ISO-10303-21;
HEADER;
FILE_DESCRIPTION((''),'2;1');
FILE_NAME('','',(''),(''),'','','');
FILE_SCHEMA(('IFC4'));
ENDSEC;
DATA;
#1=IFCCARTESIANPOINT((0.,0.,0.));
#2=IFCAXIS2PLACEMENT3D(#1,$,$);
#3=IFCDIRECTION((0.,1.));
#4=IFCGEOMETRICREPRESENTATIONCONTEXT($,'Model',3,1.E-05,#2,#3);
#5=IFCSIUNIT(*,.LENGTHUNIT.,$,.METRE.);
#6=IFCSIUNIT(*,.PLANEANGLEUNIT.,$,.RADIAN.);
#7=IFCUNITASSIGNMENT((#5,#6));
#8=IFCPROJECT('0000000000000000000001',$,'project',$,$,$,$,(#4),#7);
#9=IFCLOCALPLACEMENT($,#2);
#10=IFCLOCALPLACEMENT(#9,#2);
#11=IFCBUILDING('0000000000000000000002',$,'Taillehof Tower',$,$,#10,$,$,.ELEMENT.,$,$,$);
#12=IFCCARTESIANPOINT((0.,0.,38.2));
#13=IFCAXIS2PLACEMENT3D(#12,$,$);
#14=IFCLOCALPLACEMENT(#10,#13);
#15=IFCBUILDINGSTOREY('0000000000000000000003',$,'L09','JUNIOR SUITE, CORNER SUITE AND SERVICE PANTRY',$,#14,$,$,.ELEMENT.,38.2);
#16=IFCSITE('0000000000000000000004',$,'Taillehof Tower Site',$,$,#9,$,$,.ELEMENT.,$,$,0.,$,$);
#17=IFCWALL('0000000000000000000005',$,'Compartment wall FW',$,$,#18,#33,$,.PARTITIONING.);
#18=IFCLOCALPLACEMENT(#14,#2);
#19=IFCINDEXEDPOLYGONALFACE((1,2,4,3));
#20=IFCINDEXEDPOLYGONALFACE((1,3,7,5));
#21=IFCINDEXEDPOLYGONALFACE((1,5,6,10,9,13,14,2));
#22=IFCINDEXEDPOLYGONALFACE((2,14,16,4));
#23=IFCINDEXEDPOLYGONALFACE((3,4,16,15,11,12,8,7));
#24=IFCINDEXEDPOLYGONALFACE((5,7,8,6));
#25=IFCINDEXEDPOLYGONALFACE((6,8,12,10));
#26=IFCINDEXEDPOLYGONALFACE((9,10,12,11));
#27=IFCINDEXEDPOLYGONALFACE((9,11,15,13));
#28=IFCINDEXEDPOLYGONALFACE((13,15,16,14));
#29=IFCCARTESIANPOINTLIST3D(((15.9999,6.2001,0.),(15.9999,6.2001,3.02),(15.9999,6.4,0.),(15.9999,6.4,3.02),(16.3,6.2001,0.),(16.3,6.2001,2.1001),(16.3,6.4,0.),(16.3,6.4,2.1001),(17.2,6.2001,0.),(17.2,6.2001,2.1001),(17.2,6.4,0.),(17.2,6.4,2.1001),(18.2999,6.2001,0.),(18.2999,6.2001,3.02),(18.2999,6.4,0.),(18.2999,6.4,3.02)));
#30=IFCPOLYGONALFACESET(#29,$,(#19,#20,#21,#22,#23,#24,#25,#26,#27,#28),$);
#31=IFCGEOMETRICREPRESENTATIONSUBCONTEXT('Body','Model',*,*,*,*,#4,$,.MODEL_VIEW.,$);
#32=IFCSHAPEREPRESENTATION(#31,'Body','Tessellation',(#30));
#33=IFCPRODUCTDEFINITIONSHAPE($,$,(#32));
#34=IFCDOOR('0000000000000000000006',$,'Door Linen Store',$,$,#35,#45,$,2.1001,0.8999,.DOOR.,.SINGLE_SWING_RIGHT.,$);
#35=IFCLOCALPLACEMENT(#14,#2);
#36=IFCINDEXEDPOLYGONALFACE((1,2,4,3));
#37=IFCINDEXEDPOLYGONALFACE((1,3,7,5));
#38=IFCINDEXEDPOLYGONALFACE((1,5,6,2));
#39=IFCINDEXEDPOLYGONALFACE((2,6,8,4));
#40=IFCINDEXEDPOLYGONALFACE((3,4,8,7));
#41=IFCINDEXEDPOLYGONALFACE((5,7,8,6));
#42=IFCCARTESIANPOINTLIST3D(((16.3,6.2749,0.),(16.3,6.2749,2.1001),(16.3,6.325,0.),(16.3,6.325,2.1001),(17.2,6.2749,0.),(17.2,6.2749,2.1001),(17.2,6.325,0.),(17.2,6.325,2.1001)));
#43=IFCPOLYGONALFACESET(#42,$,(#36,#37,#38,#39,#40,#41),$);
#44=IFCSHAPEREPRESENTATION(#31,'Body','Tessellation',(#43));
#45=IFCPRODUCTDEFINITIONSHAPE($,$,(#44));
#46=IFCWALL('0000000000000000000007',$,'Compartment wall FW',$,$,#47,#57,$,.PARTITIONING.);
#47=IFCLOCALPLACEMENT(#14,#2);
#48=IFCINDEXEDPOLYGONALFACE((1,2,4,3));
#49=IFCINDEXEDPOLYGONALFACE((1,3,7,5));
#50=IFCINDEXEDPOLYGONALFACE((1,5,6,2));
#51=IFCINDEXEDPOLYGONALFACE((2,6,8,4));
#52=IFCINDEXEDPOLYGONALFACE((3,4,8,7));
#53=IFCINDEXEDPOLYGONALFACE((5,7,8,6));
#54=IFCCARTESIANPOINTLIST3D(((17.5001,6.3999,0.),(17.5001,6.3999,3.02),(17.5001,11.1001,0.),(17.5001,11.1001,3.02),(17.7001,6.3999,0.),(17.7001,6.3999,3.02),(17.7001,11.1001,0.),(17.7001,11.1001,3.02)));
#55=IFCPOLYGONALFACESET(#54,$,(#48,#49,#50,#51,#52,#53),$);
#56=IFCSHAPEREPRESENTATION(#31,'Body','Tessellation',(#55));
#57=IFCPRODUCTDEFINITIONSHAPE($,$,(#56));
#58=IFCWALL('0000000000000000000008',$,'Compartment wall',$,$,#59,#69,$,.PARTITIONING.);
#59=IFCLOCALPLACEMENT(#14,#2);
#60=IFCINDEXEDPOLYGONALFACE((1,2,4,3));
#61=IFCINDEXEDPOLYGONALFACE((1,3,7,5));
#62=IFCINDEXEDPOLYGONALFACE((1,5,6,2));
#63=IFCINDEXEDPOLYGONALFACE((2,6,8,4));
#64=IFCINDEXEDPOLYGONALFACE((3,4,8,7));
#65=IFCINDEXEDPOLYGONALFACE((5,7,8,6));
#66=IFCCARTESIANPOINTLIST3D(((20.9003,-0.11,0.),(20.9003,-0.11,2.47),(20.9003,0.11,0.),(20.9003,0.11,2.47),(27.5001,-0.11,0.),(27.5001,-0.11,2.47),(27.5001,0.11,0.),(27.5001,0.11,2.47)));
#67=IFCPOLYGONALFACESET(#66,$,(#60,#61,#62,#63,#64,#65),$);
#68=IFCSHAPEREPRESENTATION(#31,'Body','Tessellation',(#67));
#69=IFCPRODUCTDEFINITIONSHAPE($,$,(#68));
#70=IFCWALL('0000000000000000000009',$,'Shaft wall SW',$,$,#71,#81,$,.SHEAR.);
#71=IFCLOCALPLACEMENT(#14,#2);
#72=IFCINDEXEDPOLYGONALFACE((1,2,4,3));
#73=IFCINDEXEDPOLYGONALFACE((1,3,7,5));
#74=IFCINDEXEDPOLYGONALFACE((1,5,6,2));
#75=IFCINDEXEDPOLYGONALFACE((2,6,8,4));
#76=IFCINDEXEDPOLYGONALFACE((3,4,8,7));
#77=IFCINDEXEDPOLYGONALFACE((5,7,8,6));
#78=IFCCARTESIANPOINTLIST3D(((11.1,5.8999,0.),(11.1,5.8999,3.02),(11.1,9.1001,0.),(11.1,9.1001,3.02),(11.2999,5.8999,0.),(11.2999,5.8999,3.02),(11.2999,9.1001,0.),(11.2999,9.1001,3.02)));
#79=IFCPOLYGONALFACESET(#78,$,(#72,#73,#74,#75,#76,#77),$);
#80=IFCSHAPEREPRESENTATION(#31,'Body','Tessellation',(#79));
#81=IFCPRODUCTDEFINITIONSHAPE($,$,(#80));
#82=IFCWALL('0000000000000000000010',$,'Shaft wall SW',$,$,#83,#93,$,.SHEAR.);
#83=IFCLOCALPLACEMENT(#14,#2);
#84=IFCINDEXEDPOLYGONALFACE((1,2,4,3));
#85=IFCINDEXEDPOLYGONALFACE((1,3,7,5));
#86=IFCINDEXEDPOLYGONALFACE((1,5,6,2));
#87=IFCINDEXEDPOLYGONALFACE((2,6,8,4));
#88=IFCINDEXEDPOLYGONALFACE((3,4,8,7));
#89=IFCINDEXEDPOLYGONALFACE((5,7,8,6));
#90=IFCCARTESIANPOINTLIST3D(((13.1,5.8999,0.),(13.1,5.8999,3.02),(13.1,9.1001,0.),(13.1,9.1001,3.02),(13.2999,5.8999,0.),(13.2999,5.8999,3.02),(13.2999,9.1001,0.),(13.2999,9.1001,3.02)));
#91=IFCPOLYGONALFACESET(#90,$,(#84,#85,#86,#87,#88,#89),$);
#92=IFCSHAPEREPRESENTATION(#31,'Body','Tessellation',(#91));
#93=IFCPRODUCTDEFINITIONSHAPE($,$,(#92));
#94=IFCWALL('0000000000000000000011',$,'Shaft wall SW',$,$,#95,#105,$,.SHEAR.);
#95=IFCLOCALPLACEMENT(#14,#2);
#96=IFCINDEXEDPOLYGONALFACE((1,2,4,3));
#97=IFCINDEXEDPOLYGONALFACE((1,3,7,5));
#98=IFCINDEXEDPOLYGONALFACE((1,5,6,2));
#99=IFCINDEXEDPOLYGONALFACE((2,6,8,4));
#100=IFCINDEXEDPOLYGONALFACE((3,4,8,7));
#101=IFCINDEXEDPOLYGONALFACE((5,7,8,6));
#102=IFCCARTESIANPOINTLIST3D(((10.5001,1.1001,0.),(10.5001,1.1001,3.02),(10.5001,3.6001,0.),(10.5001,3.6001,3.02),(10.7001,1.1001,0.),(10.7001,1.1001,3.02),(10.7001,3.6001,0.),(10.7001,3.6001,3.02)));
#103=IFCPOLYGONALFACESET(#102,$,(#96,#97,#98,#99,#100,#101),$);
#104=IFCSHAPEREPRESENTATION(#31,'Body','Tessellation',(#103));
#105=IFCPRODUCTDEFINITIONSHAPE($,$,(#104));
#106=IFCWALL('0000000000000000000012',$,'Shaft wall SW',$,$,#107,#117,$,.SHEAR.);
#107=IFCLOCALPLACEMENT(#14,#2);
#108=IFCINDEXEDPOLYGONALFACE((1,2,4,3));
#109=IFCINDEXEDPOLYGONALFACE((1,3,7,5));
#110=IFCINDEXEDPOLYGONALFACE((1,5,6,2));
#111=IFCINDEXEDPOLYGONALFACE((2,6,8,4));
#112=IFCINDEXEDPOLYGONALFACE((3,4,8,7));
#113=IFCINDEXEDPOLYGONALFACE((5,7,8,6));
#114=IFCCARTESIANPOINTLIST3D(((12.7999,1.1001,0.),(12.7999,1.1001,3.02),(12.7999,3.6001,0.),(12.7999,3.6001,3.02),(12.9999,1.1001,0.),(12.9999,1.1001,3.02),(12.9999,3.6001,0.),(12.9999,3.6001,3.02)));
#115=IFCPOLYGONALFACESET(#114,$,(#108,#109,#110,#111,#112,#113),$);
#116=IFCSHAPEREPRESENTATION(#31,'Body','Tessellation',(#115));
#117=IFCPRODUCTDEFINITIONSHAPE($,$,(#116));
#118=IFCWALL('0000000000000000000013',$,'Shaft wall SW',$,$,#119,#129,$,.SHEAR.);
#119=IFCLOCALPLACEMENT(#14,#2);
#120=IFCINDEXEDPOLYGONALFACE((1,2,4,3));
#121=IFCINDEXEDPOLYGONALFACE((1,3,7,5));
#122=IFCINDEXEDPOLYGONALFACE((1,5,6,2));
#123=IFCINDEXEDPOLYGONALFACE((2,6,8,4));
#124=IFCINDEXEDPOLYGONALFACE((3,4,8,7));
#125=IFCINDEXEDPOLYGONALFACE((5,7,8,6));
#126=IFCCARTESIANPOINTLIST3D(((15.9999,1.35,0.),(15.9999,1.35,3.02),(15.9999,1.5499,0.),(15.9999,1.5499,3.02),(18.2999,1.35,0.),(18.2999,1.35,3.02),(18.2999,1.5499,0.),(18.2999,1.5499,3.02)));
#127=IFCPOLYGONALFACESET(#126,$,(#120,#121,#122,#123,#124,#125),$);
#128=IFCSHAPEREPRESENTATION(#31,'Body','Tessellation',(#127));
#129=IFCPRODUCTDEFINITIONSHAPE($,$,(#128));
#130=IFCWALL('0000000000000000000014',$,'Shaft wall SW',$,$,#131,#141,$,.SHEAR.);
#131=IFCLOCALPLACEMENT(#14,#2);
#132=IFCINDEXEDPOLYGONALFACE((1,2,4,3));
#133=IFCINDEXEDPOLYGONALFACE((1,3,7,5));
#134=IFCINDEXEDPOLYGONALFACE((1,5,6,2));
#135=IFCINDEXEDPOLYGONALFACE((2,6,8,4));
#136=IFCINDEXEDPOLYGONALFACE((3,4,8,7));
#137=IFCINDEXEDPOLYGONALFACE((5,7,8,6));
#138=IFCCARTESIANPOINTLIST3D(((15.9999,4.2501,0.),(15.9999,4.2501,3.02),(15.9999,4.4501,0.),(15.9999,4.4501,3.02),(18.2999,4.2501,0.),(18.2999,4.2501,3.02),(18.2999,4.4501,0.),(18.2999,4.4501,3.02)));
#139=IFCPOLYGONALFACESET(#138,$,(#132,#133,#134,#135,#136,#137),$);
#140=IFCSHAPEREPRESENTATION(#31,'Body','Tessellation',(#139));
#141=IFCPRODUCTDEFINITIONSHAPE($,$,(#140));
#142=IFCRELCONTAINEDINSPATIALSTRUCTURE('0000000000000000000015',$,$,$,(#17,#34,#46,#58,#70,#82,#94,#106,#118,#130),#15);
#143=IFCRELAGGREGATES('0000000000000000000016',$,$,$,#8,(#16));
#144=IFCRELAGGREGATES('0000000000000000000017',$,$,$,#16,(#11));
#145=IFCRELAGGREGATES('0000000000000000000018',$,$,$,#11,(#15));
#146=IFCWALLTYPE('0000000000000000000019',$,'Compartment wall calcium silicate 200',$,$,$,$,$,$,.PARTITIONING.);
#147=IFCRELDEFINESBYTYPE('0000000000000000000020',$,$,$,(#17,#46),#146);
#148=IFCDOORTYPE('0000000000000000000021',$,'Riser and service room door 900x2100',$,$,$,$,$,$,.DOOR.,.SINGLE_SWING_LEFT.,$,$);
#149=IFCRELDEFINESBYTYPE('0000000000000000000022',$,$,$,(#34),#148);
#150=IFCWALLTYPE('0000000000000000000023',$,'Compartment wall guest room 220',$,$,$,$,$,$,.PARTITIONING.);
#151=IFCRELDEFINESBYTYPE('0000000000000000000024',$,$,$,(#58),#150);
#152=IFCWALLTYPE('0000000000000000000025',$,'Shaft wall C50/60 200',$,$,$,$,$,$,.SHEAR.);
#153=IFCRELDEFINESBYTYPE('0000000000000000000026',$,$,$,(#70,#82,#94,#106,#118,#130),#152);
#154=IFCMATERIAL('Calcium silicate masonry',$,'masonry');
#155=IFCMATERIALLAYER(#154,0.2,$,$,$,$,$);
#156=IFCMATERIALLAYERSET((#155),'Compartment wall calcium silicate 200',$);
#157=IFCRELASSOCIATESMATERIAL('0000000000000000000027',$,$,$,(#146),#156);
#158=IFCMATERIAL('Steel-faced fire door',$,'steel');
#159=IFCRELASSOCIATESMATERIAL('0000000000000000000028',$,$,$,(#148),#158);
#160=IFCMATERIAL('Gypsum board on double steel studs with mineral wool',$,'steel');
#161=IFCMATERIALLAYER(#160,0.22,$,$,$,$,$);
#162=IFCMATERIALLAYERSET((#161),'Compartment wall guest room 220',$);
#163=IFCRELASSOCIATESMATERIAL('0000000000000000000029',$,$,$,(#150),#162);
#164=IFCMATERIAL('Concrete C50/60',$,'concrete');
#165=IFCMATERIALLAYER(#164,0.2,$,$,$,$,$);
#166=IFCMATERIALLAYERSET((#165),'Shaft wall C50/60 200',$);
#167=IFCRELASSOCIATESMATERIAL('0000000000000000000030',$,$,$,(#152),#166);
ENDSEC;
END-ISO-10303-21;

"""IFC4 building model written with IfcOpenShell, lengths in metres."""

from ifc_helpers import new_model, si_unit, direction, frame, frame_2d, origin, place, context, subcontext, project, spatial, rectangle, extrude, material, layer, layer_set, type_object, element, fill, save


model = new_model("IFC4")

# Units and contexts
model_context = context("Model", 3, precision=1e-05, world=origin(), true_north=direction((0.0, 1.0)))
body_context = subcontext(model_context, "Body", "Model", "MODEL_VIEW")
ifc_project = project(units=[si_unit("LENGTHUNIT", "METRE"), si_unit("PLANEANGLEUNIT", "RADIAN")], contexts=[model_context])

# Site, building, storey
site_placement = place(None, origin())
site = spatial("IfcSite", under=ifc_project, at=site_placement, Name="Taillehof Tower Site", CompositionType="ELEMENT", RefElevation=0.0)
building_placement = place(site_placement, origin())
building = spatial("IfcBuilding", under=site, at=building_placement, Name="Taillehof Tower", CompositionType="ELEMENT")
storey_placement = place(building_placement, frame((0.0, 0.0, 38.2)))
storey = spatial("IfcBuildingStorey", under=building, at=storey_placement, Name="L09", Description="JUNIOR SUITE, CORNER SUITE AND SERVICE PANTRY", CompositionType="ELEMENT", Elevation=38.2)

# Wall, opening, door
ifc_material_1 = material(Name="Calcium silicate masonry", Category="masonry")
ifc_layer_1 = layer(ifc_material_1, 0.2)
ifc_layer_set_1 = layer_set([ifc_layer_1], Name="Compartment wall calcium silicate 200")
wall_type_1 = type_object("IfcWallType", Name="Compartment wall calcium silicate 200", PredefinedType="PARTITIONING", material=ifc_layer_set_1)
wall_1_placement = place(storey_placement, frame((16.0, 6.3, 0.0), z_axis=(0.0, 0.0, 1.0), x_axis=(1.0, 0.0, 0.0)))
wall_1 = element("IfcWall", 1, at=wall_1_placement, inside=storey, type_object=wall_type_1, Name="Compartment wall FW", PredefinedType="PARTITIONING", context=body_context, shape_type="SweptSolid", body=[
    extrude(rectangle(XDim=2.3, YDim=0.2, at=frame_2d((1.1499, 0.0))), origin(), (0.0, 0.0, 1.0), 3.02),
])
opening_1_placement = place(wall_1_placement, frame((0.3, 0.0, 0.0)))
opening_1 = element("IfcOpeningElement", 2, at=opening_1_placement, cuts=wall_1, PredefinedType="OPENING", context=body_context, shape_type="SweptSolid", body=[
    extrude(rectangle(XDim=0.8999, YDim=2.1001, at=frame_2d((0.45, 1.05))), frame((0.0, 0.1099, 0.0), z_axis=(0.0, -1.0, 0.0), x_axis=(1.0, 0.0, 0.0)), (0.0, 0.0, 1.0), 0.22),
])
ifc_material_2 = material(Name="Steel-faced fire door", Category="steel")
door_type = type_object("IfcDoorType", Name="Riser and service room door 900x2100", OperationType="SINGLE_SWING_LEFT", PredefinedType="DOOR", material=ifc_material_2)
door_placement = place(opening_1_placement, origin())
door = element("IfcDoor", 3, at=door_placement, inside=storey, type_object=door_type, Name="Door Linen Store", OperationType="SINGLE_SWING_RIGHT", OverallHeight=2.1001, OverallWidth=0.8999, PredefinedType="DOOR", context=body_context, shape_type="SweptSolid", body=[
    extrude(rectangle(XDim=0.8999, YDim=2.1001, at=frame_2d((0.45, 1.05))), frame((0.0, 0.0249, 0.0), z_axis=(0.0, -1.0, 0.0), x_axis=(1.0, 0.0, 0.0)), (0.0, 0.0, 1.0), 0.05),
])
fill(opening_1, door)

# Walls
wall_2_placement = place(storey_placement, frame((17.6001, 6.3999, 0.0), z_axis=(0.0, 0.0, 1.0), x_axis=(0.0, 1.0, 0.0)))
element("IfcWall", 4, at=wall_2_placement, inside=storey, type_object=wall_type_1, Name="Compartment wall FW", PredefinedType="PARTITIONING", context=body_context, shape_type="SweptSolid", body=[
    extrude(rectangle(XDim=4.7002, YDim=0.2, at=frame_2d((2.3501, 0.0))), origin(), (0.0, 0.0, 1.0), 3.02),
])
ifc_material_3 = material(Name="Gypsum board on double steel studs with mineral wool", Category="steel")
ifc_layer_2 = layer(ifc_material_3, 0.22)
ifc_layer_set_2 = layer_set([ifc_layer_2], Name="Compartment wall guest room 220")
wall_type_2 = type_object("IfcWallType", Name="Compartment wall guest room 220", PredefinedType="PARTITIONING", material=ifc_layer_set_2)
wall_3_placement = place(storey_placement, frame((27.5, 0.0, 0.0), z_axis=(0.0, 0.0, 1.0), x_axis=(-1.0, 0.0, 0.0)))
element("IfcWall", 5, at=wall_3_placement, inside=storey, type_object=wall_type_2, Name="Compartment wall", PredefinedType="PARTITIONING", context=body_context, shape_type="SweptSolid", body=[
    extrude(rectangle(XDim=6.5999, YDim=0.22, at=frame_2d((3.2998, 0.0))), origin(), (0.0, 0.0, 1.0), 2.47),
])
ifc_material_4 = material(Name="Concrete C50/60", Category="concrete")
ifc_layer_3 = layer(ifc_material_4, 0.2)
ifc_layer_set_3 = layer_set([ifc_layer_3], Name="Shaft wall C50/60 200")
wall_type_3 = type_object("IfcWallType", Name="Shaft wall C50/60 200", PredefinedType="SHEAR", material=ifc_layer_set_3)
for number, where, z_axis, x_axis, name in (
    (6, (11.2, 5.8999, 0.0), (0.0, 0.0, 1.0), (0.0, 1.0, 0.0), "Shaft wall SW"),
    (7, (13.2, 5.8999, 0.0), (0.0, 0.0, 1.0), (0.0, 1.0, 0.0), "Shaft wall SW"),
):
    element("IfcWall", number, at=place(storey_placement, frame(where, z_axis=z_axis, x_axis=x_axis)), inside=storey, type_object=wall_type_3, Name=name, PredefinedType="SHEAR", context=body_context, shape_type="SweptSolid", body=[
        extrude(rectangle(XDim=3.2002, YDim=0.2, at=frame_2d((1.6001, 0.0))), origin(), (0.0, 0.0, 1.0), 3.02),
    ])
for number, where, z_axis, x_axis, name in (
    (8, (10.6001, 1.1001, 0.0), (0.0, 0.0, 1.0), (0.0, 1.0, 0.0), "Shaft wall SW"),
    (9, (12.8999, 1.1001, 0.0), (0.0, 0.0, 1.0), (0.0, 1.0, 0.0), "Shaft wall SW"),
):
    element("IfcWall", number, at=place(storey_placement, frame(where, z_axis=z_axis, x_axis=x_axis)), inside=storey, type_object=wall_type_3, Name=name, PredefinedType="SHEAR", context=body_context, shape_type="SweptSolid", body=[
        extrude(rectangle(XDim=2.5, YDim=0.2, at=frame_2d((1.25, 0.0))), origin(), (0.0, 0.0, 1.0), 3.02),
    ])
for number, where, z_axis, x_axis, name in (
    (10, (16.0, 1.45, 0.0), (0.0, 0.0, 1.0), (1.0, 0.0, 0.0), "Shaft wall SW"),
    (11, (16.0, 4.3501, 0.0), (0.0, 0.0, 1.0), (1.0, 0.0, 0.0), "Shaft wall SW"),
):
    element("IfcWall", number, at=place(storey_placement, frame(where, z_axis=z_axis, x_axis=x_axis)), inside=storey, type_object=wall_type_3, Name=name, PredefinedType="SHEAR", context=body_context, shape_type="SweptSolid", body=[
        extrude(rectangle(XDim=2.3, YDim=0.2, at=frame_2d((1.1499, 0.0))), origin(), (0.0, 0.0, 1.0), 3.02),
    ])

save(model, "model.ifc")
